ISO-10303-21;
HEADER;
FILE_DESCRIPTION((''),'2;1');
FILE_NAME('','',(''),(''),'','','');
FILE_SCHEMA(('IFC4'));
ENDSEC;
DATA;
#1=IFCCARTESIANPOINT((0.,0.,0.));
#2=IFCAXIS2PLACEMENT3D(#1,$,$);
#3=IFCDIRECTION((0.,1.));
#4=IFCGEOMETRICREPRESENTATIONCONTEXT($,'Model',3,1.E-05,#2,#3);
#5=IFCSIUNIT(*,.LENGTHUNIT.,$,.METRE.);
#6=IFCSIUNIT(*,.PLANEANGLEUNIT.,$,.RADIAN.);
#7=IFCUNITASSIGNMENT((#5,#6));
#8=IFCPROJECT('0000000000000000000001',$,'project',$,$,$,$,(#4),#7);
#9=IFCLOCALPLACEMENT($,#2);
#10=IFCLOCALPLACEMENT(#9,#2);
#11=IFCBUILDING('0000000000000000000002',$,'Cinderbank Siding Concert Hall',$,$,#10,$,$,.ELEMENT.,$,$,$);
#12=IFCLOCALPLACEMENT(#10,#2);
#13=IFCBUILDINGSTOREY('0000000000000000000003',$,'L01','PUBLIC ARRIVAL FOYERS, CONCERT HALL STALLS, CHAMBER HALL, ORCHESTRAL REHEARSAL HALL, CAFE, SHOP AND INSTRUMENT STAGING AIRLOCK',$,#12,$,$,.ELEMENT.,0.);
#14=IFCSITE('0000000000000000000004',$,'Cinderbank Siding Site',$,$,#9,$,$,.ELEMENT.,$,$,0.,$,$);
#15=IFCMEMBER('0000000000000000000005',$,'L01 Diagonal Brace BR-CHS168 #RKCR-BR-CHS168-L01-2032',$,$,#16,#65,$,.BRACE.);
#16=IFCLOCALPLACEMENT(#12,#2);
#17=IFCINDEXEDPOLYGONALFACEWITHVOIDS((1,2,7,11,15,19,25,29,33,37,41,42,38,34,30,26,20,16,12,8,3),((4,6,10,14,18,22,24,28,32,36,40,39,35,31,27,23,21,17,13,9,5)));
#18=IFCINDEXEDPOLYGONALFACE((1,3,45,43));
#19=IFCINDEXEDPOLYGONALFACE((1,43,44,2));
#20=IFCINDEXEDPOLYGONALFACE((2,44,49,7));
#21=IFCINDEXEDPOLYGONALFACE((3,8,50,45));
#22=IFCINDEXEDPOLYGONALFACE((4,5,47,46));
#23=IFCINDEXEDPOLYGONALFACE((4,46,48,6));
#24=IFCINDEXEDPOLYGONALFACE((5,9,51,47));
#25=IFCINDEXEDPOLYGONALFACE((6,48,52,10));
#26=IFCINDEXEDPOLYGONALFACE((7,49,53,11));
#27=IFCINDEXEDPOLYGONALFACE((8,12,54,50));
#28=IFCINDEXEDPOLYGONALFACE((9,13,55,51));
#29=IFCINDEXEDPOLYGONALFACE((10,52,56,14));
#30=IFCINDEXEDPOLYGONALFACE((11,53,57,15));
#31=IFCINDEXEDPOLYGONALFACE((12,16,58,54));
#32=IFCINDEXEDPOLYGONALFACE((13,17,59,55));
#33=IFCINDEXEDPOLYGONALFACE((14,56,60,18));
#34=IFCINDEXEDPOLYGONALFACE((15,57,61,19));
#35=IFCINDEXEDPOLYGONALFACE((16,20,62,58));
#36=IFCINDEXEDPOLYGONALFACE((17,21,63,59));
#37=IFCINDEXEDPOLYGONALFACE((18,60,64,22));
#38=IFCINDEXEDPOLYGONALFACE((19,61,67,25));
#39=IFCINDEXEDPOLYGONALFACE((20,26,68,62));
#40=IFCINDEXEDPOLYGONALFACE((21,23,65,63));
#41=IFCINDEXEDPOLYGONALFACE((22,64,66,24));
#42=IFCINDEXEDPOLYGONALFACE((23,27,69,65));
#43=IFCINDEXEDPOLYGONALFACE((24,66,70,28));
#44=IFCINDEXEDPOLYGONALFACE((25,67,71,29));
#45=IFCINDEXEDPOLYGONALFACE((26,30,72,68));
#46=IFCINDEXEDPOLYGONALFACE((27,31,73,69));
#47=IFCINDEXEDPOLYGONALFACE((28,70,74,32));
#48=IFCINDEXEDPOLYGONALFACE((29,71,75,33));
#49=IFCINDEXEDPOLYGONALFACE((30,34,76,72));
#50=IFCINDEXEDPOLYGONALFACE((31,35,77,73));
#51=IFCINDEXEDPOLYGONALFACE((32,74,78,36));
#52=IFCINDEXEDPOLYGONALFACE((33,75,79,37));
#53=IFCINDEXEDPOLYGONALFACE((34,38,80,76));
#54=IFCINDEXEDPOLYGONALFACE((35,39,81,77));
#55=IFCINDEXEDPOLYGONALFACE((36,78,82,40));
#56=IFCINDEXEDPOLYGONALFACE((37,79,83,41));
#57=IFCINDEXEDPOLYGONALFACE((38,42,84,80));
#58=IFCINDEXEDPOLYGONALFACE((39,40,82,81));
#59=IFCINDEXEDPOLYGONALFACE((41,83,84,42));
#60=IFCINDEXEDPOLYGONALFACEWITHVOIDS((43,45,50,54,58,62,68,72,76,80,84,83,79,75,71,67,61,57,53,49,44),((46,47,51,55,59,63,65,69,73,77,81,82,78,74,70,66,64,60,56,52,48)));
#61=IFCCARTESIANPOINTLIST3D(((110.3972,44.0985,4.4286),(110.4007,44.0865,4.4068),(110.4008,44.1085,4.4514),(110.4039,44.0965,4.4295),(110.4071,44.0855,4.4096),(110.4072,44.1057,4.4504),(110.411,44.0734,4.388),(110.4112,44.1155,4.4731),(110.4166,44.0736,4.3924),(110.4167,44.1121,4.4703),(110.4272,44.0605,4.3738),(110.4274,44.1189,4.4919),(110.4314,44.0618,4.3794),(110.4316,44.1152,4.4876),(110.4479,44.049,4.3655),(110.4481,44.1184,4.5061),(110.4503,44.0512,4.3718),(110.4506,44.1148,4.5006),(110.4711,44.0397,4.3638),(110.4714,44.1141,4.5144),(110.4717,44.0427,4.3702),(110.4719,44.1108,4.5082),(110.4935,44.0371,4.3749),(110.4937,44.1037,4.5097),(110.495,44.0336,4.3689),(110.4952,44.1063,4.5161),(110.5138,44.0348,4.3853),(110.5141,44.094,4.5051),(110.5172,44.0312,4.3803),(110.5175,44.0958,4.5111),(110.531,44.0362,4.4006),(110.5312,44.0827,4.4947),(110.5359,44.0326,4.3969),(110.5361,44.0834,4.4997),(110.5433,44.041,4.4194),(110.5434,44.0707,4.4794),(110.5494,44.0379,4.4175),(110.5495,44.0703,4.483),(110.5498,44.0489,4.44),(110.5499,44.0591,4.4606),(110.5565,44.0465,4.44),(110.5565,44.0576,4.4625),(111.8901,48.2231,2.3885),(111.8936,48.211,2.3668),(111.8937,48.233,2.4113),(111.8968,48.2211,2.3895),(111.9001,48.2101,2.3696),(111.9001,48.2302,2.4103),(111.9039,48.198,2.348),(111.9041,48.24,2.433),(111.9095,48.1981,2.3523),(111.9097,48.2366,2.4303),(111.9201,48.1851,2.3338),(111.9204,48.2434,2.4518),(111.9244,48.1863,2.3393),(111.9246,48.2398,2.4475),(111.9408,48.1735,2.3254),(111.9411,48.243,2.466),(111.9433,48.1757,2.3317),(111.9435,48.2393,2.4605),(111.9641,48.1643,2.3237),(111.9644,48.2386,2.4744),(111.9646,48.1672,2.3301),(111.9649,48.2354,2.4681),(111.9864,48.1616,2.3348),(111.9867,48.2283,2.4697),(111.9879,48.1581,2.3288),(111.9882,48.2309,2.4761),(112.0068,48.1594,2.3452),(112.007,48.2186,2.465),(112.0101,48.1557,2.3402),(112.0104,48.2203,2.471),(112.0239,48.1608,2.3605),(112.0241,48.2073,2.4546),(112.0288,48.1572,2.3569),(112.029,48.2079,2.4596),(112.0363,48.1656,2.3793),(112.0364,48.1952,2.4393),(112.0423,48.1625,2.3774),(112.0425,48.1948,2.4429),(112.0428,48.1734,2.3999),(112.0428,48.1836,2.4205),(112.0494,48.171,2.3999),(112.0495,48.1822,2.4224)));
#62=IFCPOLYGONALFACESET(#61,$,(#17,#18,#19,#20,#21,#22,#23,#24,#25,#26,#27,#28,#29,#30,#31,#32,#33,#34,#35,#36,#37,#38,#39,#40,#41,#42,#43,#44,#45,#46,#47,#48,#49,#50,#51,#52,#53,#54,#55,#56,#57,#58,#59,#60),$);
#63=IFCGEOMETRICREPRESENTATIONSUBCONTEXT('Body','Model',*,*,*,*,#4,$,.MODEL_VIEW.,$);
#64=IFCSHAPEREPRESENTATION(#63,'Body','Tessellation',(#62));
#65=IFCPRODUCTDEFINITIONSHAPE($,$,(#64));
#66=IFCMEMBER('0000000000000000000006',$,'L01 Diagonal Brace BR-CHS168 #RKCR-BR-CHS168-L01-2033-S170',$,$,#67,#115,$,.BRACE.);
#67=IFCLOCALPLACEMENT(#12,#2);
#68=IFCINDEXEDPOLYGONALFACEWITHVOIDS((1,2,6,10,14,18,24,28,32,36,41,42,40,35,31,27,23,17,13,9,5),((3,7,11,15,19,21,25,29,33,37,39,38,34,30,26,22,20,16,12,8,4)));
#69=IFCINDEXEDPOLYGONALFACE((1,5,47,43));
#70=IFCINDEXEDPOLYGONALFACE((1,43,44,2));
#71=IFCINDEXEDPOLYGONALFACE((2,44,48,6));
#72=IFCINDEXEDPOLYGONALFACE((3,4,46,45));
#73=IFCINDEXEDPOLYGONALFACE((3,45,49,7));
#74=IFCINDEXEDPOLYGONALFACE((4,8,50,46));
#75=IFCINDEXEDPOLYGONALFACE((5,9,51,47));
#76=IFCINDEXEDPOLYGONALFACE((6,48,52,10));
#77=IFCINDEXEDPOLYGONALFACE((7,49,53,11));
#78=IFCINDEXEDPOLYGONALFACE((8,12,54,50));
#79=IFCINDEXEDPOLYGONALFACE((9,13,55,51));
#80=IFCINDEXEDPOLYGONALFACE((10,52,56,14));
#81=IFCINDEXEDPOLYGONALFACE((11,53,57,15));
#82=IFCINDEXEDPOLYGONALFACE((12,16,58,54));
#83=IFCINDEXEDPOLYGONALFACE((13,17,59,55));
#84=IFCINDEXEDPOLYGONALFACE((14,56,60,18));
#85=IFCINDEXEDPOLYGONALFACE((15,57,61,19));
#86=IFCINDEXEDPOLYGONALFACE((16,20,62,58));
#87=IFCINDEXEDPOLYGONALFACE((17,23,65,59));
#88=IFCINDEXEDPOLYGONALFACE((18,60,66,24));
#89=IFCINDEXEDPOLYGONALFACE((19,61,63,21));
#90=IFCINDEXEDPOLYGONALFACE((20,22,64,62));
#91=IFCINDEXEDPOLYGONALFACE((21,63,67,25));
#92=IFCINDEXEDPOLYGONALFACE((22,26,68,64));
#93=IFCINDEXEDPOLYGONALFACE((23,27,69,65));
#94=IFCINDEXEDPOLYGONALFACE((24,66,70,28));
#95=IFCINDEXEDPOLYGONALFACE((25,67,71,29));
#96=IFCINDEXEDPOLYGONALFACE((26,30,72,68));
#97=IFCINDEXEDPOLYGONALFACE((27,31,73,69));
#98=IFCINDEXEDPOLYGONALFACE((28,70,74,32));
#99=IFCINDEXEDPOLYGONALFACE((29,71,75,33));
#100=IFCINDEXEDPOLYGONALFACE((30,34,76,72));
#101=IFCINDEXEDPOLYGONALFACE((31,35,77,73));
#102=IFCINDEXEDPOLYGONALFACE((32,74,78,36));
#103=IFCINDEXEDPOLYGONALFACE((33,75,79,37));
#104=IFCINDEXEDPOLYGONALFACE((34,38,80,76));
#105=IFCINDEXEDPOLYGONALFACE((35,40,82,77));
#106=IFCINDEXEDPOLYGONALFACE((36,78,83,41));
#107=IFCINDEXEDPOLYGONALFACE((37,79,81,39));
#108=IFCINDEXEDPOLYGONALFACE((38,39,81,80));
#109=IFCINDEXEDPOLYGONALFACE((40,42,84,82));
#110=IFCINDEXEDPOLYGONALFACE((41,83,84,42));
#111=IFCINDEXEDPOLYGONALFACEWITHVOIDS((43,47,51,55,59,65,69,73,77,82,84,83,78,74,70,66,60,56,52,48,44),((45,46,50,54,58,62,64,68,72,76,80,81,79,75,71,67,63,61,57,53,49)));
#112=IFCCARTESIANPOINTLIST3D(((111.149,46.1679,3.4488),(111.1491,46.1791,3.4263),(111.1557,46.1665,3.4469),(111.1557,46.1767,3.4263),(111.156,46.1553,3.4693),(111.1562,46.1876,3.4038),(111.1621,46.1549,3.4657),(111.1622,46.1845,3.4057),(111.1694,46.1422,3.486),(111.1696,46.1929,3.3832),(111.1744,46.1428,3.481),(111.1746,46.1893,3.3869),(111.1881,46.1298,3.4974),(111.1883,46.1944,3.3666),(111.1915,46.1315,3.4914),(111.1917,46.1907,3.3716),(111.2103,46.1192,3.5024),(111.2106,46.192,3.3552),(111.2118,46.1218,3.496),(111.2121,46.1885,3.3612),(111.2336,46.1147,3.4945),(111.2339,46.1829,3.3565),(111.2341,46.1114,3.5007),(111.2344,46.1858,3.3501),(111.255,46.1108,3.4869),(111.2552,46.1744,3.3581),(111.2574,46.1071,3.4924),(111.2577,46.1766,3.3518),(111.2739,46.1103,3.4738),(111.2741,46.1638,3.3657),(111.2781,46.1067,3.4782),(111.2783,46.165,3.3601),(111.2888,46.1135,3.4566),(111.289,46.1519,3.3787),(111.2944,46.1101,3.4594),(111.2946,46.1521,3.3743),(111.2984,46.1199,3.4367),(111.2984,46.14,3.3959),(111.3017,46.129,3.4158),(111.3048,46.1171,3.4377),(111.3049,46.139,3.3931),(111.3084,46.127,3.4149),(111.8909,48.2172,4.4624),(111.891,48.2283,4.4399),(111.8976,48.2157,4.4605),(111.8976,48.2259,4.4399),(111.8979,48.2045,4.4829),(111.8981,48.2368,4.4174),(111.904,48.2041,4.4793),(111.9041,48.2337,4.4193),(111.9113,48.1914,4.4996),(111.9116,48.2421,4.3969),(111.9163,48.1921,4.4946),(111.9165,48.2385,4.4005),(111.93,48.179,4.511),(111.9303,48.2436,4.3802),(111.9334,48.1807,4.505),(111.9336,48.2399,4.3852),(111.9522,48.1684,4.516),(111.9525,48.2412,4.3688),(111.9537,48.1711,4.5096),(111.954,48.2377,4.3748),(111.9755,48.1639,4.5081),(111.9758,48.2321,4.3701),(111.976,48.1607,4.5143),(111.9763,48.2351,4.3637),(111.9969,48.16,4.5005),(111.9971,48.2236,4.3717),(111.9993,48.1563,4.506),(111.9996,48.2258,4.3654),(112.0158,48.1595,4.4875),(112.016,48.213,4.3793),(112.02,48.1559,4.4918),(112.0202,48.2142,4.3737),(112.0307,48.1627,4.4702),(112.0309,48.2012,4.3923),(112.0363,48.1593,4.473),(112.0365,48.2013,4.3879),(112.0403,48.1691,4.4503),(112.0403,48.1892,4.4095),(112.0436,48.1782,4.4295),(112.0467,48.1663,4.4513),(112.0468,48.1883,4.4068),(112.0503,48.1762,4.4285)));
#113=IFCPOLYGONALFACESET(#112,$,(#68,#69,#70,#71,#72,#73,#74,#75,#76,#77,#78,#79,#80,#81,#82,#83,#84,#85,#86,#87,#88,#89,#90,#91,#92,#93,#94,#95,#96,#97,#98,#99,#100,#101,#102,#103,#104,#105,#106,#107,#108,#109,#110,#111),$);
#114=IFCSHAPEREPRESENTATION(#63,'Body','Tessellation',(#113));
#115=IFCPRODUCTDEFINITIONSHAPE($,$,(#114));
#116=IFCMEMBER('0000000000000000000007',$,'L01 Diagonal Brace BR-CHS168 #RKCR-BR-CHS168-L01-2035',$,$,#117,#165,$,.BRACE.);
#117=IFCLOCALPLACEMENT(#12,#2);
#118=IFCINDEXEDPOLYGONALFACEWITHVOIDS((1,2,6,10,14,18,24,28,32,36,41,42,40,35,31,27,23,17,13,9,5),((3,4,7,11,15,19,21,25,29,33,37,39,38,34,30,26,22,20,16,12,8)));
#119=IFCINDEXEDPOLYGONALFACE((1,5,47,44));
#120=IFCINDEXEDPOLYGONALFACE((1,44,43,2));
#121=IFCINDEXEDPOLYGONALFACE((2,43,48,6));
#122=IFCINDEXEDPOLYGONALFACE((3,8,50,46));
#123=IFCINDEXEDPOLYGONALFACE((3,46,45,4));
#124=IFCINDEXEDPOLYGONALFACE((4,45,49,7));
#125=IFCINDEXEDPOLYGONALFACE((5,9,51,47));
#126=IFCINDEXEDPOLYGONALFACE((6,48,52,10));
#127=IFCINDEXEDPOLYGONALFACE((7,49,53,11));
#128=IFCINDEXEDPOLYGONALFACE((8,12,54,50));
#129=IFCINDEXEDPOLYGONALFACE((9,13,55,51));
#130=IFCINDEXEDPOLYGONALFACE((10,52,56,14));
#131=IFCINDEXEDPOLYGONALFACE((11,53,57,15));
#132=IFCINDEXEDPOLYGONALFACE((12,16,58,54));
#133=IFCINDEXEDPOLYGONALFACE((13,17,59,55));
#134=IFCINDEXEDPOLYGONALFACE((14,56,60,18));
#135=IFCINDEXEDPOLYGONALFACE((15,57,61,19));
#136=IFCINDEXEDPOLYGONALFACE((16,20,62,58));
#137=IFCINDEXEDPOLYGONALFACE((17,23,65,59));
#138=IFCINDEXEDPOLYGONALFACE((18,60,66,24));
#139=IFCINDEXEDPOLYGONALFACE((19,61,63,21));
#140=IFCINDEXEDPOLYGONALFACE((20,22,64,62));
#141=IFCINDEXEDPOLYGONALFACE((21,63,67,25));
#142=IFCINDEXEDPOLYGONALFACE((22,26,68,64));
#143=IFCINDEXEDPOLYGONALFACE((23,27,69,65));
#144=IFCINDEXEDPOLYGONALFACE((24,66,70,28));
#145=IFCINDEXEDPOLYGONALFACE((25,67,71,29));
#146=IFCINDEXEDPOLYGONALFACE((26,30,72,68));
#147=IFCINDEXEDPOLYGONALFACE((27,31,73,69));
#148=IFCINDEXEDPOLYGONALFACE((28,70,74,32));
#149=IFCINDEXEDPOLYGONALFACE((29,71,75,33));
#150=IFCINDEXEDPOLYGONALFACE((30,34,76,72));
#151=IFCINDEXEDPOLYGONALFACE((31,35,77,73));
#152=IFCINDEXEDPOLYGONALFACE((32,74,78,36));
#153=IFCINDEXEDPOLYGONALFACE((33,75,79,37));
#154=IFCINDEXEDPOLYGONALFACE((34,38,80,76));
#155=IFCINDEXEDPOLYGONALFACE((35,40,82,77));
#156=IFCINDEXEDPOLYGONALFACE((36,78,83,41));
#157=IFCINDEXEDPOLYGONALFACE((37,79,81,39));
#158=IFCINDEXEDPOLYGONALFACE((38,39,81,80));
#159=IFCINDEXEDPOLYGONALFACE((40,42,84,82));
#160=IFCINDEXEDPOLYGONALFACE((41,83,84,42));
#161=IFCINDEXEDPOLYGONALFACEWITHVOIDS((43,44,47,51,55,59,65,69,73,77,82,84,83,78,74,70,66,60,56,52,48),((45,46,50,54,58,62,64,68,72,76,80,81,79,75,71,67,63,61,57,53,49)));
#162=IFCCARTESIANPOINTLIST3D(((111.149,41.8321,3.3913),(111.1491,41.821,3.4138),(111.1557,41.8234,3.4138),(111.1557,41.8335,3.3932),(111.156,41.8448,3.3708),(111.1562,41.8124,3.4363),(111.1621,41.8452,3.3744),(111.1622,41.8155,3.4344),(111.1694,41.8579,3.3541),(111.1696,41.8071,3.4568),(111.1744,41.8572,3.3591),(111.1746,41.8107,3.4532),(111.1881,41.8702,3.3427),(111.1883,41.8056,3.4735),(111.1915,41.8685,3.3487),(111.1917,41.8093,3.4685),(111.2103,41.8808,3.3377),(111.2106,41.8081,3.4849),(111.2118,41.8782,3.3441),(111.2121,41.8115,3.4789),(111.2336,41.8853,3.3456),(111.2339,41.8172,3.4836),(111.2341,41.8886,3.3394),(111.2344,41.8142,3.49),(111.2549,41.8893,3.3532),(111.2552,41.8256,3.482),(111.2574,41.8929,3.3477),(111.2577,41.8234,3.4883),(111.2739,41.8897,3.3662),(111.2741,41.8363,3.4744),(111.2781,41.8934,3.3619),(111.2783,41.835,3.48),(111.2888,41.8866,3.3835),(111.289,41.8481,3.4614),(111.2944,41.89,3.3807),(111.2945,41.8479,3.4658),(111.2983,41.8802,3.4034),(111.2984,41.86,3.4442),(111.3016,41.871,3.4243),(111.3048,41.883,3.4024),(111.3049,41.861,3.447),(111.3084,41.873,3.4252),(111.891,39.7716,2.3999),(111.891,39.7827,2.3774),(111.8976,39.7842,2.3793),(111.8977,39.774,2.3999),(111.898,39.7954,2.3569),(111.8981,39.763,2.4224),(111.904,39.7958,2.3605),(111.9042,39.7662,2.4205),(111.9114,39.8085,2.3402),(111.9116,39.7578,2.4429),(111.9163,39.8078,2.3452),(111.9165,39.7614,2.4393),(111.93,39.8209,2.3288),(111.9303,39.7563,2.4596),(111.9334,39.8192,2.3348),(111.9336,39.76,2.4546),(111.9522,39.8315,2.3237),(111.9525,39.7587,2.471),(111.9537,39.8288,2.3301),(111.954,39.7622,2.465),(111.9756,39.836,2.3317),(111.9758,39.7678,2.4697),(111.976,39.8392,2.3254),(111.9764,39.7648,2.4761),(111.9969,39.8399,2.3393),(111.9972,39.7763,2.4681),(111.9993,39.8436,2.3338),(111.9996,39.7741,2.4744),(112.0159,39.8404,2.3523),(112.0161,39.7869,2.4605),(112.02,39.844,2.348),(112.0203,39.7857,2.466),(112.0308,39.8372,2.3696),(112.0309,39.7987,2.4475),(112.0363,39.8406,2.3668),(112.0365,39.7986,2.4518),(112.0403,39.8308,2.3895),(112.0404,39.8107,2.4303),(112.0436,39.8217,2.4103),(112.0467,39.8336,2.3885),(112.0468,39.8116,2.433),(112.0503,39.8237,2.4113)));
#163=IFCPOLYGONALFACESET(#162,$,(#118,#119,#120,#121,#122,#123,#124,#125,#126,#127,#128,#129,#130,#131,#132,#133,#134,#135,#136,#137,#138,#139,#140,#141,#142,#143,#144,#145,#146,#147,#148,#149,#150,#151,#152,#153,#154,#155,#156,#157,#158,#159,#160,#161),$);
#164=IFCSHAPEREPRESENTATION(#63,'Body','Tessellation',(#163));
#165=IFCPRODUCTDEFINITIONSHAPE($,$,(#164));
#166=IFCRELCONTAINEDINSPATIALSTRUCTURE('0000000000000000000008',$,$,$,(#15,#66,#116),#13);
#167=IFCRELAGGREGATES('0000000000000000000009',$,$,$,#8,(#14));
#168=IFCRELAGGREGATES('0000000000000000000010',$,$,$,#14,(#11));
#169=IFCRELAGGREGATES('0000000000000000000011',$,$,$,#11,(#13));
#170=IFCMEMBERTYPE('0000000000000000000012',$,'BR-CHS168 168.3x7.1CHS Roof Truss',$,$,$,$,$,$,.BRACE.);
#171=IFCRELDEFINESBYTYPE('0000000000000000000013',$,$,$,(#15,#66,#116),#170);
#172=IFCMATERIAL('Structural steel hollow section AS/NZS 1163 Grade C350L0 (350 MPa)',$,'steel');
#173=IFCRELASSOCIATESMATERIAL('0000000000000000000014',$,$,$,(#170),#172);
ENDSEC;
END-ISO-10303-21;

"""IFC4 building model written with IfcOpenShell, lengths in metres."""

from ifc_helpers import new_model, si_unit, direction, frame, origin, origin_2d, place, context, subcontext, project, spatial, hollow_circle, extrude, material, material_profile, profile_set, type_object, element, save


model = new_model("IFC4")

# Units and contexts
model_context = context("Model", 3, precision=1e-05, world=origin(), true_north=direction((0.0, 1.0)))
body_context = subcontext(model_context, "Body", "Model", "MODEL_VIEW")
ifc_project = project(units=[si_unit("LENGTHUNIT", "METRE"), si_unit("PLANEANGLEUNIT", "RADIAN")], contexts=[model_context])

# Site, building, storey
site_placement = place(None, origin())
site = spatial("IfcSite", under=ifc_project, at=site_placement, Name="Cinderbank Siding Site", CompositionType="ELEMENT", RefElevation=0.0)
building_placement = place(site_placement, origin())
building = spatial("IfcBuilding", under=site, at=building_placement, Name="Cinderbank Siding Concert Hall", CompositionType="ELEMENT")
storey_placement = place(building_placement, origin())
storey = spatial("IfcBuildingStorey", under=building, at=storey_placement, Name="L01", Description="PUBLIC ARRIVAL FOYERS, CONCERT HALL STALLS, CHAMBER HALL, ORCHESTRAL REHEARSAL HALL, CAFE, SHOP AND INSTRUMENT STAGING AIRLOCK", CompositionType="ELEMENT", Elevation=0.0)

# Members
ifc_material_1 = material(Name="Structural steel hollow section AS/NZS 1163 Grade C350L0 (350 MPa)", Category="steel")
ifc_material_profile_1 = material_profile(ifc_material_1, hollow_circle(Radius=0.0842, WallThickness=0.0071, at=origin_2d()), Name="168.3x7.1CHS", Category="LoadBearing")
ifc_profile_set_1 = profile_set([ifc_material_profile_1], Name="Structural steel hollow section AS/NZS 1163 Grade C350L0 (350 MPa)")
member_type_1 = type_object("IfcMemberType", Name="BR-CHS168 168.3x7.1CHS Roof Truss", PredefinedType="BRACE", material=ifc_profile_set_1)
member_1_placement = place(storey_placement, frame((111.9702, 48.1997, 2.3999), z_axis=(-0.308609, -0.852598, 0.421707), x_axis=(0.940298, -0.340353, 0.0)))
element("IfcMember", 1, at=member_1_placement, inside=storey, type_object=member_type_1, Name="L01 Diagonal Brace BR-CHS168 #RKCR-BR-CHS168-L01-2032", PredefinedType="BRACE", context=body_context, shape_type="SweptSolid", body=[
    extrude(hollow_circle(Radius=0.0842, WallThickness=0.0071, at=origin_2d()), origin(), (0.0, 0.0, 1.0), 4.8376),
])
member_2_placement = place(storey_placement, frame((111.2283, 46.1504, 3.4263), z_axis=(0.308669, 0.852572, 0.421716), x_axis=(-0.940273, 0.340421, 0.0)))
element("IfcMember", 2, at=member_2_placement, inside=storey, type_object=member_type_1, Name="L01 Diagonal Brace BR-CHS168 #RKCR-BR-CHS168-L01-2033-S170", PredefinedType="BRACE", context=body_context, shape_type="SweptSolid", body=[
    extrude(hollow_circle(Radius=0.0842, WallThickness=0.0071, at=origin_2d()), origin(), (0.0, 0.0, 1.0), 2.4036),
])
for number, where, z_axis, x_axis, name in (
    (3, (111.9702, 39.8003, 2.3999), (-0.308656, 0.852536, 0.421799), (-0.940273, -0.340421, 0.0), "L01 Diagonal Brace BR-CHS168 #RKCR-BR-CHS168-L01-2035"),
):
    element("IfcMember", number, at=place(storey_placement, frame(where, z_axis=z_axis, x_axis=x_axis)), inside=storey, type_object=member_type_1, Name=name, PredefinedType="BRACE", context=body_context, shape_type="SweptSolid", body=[
        extrude(hollow_circle(Radius=0.0842, WallThickness=0.0071, at=origin_2d()), origin(), (0.0, 0.0, 1.0), 2.4038),
    ])

save(model, "model.ifc")
